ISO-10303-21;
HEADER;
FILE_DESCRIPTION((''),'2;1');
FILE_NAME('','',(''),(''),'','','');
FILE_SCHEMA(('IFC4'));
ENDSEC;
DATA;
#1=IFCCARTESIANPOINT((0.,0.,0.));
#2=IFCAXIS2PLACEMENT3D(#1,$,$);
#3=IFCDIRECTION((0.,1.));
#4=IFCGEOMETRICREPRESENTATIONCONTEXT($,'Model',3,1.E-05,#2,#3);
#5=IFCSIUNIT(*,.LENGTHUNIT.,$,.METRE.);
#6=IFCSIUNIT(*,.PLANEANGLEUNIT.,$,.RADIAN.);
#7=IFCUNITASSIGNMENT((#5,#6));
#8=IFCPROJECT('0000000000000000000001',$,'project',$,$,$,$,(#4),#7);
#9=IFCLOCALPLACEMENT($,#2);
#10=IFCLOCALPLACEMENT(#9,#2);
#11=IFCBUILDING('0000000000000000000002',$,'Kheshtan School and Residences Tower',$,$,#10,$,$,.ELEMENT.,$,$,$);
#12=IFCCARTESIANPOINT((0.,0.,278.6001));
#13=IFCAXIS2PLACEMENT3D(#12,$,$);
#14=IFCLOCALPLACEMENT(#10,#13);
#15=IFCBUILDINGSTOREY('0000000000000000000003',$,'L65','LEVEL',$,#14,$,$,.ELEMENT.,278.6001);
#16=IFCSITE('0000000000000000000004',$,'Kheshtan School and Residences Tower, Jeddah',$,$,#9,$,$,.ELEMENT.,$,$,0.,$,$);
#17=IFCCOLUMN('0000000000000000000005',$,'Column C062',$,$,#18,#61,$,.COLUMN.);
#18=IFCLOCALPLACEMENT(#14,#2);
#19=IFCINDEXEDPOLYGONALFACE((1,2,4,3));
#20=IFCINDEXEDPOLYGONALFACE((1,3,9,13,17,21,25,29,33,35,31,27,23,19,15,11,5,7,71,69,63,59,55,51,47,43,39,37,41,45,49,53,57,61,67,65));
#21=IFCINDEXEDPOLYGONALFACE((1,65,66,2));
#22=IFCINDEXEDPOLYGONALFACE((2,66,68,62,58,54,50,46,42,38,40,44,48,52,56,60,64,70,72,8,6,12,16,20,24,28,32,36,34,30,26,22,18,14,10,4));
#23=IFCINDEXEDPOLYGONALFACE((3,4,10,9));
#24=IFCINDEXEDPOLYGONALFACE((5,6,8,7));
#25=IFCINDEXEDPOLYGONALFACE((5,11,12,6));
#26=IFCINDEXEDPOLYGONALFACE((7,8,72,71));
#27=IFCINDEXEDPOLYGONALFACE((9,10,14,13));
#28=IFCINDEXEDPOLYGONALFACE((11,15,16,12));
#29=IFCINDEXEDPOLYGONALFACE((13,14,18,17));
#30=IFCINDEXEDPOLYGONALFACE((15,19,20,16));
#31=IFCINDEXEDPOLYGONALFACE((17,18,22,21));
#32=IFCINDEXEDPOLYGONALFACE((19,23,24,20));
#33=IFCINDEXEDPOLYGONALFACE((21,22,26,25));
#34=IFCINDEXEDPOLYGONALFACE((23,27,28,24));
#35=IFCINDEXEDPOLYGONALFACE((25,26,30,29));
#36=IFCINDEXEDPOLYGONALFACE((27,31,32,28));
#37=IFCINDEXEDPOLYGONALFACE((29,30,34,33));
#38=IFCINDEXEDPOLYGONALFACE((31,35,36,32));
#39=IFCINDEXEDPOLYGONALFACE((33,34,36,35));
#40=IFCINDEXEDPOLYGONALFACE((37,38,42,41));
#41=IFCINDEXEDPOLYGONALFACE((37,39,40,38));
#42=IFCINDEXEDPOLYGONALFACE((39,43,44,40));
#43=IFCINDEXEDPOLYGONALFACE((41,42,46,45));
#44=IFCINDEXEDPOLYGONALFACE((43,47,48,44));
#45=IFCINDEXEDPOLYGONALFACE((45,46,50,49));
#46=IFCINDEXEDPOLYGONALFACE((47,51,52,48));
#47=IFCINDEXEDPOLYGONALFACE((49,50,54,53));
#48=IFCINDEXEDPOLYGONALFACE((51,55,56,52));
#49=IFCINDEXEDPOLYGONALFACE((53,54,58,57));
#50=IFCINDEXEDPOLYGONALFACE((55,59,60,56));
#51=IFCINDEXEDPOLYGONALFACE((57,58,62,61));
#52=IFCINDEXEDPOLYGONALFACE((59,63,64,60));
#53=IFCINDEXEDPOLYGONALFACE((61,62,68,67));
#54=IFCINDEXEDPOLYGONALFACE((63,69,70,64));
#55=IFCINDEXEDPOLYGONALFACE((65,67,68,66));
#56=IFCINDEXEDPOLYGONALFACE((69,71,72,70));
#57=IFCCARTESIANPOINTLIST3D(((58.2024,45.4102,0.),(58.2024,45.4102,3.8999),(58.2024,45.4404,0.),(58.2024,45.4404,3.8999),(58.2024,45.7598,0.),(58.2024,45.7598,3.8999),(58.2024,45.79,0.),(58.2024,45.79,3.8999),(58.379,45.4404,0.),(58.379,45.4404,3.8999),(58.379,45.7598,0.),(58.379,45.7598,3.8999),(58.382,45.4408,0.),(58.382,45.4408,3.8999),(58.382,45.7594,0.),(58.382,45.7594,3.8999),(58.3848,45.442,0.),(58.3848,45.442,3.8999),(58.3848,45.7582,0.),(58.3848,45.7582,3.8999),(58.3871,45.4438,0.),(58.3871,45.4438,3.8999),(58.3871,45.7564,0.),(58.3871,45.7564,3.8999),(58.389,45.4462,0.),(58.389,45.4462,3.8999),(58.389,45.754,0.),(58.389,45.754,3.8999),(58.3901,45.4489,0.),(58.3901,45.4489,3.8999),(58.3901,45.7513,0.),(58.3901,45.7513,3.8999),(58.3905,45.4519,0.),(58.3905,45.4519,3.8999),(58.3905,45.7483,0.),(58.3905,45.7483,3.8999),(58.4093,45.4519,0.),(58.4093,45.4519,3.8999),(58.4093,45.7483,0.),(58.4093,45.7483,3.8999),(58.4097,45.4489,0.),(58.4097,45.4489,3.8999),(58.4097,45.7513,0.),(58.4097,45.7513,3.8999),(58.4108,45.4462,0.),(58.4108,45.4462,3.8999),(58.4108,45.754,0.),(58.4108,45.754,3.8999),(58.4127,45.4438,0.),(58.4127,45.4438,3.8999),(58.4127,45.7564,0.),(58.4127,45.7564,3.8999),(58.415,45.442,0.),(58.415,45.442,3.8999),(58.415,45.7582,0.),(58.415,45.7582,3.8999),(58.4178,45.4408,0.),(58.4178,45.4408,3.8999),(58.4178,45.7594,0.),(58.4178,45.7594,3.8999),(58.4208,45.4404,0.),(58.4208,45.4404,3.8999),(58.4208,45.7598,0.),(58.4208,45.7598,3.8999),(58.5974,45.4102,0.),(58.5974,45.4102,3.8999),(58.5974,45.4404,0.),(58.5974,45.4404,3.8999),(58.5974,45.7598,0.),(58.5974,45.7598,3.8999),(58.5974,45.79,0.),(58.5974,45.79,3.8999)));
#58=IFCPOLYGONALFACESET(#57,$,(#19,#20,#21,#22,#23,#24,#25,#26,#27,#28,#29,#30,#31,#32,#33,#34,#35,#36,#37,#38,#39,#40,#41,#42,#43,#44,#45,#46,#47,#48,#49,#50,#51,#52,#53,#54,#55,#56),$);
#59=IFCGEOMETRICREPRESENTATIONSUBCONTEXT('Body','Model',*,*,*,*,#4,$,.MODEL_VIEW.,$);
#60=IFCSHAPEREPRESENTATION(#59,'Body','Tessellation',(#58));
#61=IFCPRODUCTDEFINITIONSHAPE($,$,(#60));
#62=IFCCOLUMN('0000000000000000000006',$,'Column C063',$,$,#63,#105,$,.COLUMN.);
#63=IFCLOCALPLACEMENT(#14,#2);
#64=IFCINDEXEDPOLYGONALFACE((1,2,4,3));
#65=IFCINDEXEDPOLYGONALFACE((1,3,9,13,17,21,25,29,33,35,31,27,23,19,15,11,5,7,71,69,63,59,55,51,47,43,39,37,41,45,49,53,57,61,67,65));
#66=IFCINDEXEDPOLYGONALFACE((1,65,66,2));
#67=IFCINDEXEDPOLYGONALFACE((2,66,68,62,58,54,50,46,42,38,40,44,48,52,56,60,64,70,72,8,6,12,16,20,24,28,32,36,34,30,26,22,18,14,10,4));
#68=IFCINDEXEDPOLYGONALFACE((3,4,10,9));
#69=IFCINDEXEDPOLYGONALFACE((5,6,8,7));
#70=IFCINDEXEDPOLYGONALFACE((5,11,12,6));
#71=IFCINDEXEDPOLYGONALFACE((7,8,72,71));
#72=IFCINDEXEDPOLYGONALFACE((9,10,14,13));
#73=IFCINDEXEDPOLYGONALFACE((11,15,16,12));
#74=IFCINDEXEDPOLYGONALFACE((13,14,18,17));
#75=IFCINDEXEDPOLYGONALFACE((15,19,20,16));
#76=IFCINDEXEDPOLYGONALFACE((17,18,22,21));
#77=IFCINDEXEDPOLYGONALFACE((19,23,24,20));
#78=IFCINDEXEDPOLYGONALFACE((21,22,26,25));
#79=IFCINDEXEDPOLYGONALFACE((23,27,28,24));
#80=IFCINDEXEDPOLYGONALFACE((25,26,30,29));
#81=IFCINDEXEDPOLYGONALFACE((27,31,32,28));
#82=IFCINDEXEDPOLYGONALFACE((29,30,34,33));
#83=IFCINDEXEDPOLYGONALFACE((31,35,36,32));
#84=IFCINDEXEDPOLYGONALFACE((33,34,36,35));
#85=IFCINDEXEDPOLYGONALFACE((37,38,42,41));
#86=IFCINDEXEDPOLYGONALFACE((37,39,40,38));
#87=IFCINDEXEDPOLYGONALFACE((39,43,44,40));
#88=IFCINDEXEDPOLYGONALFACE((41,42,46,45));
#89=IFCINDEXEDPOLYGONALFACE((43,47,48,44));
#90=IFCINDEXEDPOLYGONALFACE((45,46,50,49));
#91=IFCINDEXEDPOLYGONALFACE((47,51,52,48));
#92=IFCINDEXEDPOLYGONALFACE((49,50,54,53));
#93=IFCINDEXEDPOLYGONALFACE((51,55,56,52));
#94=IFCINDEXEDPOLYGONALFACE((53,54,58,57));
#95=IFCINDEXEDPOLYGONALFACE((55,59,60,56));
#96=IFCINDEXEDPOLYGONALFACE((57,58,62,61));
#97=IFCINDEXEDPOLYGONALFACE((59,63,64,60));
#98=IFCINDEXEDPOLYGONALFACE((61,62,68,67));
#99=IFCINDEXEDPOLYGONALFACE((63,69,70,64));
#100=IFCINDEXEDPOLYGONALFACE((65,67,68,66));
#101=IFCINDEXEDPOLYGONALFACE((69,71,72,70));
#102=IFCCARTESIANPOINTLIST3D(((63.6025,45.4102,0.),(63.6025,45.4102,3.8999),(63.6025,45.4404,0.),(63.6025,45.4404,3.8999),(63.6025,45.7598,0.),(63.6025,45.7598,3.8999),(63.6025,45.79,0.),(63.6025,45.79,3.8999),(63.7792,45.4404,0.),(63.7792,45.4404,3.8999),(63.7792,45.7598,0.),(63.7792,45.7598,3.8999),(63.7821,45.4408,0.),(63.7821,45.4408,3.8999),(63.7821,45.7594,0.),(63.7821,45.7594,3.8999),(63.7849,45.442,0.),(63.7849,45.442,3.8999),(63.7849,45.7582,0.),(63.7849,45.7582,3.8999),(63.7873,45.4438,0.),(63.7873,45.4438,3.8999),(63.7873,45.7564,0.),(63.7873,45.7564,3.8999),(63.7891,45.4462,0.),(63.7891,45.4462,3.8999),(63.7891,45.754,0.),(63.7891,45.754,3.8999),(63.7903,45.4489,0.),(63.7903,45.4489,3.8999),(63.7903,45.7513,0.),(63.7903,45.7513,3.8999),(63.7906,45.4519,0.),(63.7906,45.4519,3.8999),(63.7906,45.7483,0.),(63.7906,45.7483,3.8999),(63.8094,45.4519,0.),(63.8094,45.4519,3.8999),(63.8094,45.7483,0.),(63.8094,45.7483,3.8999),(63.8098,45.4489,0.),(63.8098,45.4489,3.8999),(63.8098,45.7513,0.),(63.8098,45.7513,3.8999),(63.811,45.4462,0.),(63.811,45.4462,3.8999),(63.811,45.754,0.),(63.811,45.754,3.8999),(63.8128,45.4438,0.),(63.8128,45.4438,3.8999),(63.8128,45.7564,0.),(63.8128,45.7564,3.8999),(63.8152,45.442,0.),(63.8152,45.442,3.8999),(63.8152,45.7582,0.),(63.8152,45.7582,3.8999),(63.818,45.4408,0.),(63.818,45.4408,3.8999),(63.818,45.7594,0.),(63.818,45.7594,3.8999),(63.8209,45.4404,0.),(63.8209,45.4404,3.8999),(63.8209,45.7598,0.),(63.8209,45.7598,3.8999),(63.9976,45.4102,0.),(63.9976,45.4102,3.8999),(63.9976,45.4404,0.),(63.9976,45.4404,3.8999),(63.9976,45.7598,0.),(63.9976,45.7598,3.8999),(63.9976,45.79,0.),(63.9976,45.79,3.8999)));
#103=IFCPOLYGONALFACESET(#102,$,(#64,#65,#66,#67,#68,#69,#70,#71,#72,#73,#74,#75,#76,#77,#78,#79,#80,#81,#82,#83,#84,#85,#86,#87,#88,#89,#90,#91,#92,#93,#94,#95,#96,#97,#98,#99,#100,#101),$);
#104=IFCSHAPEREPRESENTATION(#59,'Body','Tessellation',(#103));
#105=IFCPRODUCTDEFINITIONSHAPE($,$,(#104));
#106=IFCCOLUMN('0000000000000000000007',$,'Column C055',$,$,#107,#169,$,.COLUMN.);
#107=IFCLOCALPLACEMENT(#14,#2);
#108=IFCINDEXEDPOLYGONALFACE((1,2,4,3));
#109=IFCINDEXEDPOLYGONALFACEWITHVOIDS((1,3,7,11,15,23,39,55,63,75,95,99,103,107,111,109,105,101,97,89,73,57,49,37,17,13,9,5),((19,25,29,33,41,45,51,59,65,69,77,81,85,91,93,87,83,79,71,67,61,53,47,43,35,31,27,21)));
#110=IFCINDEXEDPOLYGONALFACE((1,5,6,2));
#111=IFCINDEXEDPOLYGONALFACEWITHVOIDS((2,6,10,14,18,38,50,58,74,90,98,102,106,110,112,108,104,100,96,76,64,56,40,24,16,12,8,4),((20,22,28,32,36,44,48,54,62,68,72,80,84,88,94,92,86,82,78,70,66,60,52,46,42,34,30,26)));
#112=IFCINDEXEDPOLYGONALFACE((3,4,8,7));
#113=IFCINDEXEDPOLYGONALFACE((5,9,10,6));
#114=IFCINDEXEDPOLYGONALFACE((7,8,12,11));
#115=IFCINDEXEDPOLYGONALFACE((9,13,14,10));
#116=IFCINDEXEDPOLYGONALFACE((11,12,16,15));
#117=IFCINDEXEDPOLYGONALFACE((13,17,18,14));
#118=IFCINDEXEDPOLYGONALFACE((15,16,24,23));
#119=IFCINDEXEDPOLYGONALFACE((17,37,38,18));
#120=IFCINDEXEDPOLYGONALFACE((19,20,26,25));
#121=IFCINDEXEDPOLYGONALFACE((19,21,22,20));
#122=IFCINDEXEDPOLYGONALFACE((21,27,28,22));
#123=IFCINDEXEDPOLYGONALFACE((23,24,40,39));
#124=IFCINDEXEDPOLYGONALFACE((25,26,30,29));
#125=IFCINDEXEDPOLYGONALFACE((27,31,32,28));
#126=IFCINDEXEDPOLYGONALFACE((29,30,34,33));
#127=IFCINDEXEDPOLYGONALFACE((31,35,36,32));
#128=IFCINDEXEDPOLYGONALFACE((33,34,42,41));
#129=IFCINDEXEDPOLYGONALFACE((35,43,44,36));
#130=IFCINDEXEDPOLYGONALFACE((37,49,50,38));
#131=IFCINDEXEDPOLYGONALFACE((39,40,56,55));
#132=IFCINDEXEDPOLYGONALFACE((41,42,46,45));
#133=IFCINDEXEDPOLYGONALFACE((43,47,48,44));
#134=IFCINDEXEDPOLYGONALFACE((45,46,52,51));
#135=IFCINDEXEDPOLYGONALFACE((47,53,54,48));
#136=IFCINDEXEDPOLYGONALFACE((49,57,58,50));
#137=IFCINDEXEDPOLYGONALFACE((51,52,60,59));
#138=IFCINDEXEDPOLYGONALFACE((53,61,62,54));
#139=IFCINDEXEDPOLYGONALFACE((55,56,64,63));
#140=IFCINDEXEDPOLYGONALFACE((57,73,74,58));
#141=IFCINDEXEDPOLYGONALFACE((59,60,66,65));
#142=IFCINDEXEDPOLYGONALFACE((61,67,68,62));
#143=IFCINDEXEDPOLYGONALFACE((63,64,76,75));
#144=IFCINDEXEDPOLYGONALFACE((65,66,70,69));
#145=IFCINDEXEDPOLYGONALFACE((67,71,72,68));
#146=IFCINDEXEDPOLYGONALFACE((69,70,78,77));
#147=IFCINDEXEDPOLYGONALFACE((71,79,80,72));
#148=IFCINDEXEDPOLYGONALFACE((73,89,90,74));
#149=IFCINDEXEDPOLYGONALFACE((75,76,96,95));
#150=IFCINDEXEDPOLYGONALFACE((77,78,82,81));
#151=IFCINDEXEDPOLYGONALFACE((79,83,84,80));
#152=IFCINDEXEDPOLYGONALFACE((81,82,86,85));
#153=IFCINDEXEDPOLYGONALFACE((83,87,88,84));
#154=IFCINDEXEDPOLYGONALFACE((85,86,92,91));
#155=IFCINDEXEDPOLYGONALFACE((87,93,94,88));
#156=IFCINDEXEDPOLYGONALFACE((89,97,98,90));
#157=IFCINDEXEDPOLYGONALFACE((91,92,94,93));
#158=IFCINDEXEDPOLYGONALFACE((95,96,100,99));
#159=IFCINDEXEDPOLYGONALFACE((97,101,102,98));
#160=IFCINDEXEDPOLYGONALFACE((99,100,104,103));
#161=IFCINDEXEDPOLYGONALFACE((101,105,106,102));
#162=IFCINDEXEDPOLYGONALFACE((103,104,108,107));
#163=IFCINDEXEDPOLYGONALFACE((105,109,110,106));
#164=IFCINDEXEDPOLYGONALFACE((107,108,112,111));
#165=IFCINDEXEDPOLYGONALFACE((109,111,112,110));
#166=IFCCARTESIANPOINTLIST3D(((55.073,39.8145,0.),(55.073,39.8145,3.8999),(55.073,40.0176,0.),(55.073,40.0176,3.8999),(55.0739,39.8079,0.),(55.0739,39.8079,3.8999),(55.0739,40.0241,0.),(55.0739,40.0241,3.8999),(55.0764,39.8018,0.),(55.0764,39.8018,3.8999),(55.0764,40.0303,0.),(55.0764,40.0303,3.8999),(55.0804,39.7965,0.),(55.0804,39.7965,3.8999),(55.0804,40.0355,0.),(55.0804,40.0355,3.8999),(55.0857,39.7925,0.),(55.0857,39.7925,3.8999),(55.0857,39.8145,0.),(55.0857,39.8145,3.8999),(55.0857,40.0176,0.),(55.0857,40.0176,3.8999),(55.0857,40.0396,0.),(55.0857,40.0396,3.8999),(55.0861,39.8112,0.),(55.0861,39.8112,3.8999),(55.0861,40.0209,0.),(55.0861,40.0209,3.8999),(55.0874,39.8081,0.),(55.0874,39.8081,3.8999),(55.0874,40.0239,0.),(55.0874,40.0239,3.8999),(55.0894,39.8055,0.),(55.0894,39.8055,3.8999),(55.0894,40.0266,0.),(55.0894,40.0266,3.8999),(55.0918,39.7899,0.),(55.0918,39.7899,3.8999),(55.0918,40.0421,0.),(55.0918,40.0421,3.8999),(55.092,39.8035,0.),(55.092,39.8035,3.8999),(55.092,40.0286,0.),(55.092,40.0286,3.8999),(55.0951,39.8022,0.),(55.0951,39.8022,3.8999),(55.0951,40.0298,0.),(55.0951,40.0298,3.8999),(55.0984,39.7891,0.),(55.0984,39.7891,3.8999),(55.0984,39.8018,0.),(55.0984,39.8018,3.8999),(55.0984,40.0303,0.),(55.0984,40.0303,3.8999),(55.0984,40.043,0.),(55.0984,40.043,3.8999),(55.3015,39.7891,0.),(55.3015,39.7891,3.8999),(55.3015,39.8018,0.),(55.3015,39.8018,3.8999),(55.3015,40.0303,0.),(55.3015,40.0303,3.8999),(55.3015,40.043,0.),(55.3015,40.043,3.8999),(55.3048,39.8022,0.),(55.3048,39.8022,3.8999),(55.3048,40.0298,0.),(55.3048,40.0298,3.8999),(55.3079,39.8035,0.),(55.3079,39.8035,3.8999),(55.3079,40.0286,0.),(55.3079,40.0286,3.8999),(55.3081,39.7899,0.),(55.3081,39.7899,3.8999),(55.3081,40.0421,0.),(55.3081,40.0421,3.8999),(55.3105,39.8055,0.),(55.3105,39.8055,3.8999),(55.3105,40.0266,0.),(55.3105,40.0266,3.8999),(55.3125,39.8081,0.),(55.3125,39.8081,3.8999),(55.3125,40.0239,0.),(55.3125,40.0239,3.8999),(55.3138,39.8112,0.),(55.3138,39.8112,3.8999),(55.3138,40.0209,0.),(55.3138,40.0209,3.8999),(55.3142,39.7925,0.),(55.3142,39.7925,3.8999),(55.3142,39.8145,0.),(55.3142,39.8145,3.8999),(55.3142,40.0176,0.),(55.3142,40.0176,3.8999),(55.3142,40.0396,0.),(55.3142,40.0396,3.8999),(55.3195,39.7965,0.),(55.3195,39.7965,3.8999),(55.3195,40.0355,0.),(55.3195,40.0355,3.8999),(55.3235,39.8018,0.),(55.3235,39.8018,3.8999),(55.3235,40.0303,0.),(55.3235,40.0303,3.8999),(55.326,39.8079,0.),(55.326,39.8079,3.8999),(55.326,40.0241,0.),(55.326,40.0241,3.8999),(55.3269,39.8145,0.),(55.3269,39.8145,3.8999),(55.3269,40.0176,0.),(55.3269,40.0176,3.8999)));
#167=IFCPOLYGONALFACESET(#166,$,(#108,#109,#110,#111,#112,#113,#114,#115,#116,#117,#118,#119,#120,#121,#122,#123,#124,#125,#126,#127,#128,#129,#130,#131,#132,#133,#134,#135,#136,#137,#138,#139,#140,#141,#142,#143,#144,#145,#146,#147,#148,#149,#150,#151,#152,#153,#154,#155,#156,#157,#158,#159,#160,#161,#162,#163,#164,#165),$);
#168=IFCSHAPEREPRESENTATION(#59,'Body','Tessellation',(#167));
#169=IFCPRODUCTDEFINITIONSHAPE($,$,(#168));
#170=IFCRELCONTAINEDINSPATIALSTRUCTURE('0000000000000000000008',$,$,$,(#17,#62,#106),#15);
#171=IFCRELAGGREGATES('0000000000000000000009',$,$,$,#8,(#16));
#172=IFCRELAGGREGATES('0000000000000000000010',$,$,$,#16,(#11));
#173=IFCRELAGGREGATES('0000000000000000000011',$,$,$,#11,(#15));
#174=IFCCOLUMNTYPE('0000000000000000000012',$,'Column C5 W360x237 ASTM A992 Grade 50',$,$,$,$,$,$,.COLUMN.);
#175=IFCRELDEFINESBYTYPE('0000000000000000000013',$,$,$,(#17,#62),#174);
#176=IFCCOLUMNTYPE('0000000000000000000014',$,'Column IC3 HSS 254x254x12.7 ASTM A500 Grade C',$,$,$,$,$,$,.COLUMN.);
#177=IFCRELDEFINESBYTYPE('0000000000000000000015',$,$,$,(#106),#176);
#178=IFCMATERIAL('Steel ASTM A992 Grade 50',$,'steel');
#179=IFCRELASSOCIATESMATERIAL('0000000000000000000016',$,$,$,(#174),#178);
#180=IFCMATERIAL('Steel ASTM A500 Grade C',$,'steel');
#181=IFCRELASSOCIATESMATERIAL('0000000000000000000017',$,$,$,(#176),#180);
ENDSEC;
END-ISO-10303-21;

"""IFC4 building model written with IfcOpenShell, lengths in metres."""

from ifc_helpers import new_model, si_unit, direction, frame, origin, origin_2d, place, context, subcontext, project, spatial, hollow_rectangle, i_section, extrude, material, material_profile, profile_set, type_object, element, save


model = new_model("IFC4")

# Units and contexts
model_context = context("Model", 3, precision=1e-05, world=origin(), true_north=direction((0.0, 1.0)))
body_context = subcontext(model_context, "Body", "Model", "MODEL_VIEW")
ifc_project = project(units=[si_unit("LENGTHUNIT", "METRE"), si_unit("PLANEANGLEUNIT", "RADIAN")], contexts=[model_context])

# Site, building, storey
site_placement = place(None, origin())
site = spatial("IfcSite", under=ifc_project, at=site_placement, Name="Kheshtan School and Residences Tower, Jeddah", CompositionType="ELEMENT", RefElevation=0.0)
building_placement = place(site_placement, origin())
building = spatial("IfcBuilding", under=site, at=building_placement, Name="Kheshtan School and Residences Tower", CompositionType="ELEMENT")
storey_placement = place(building_placement, frame((0.0, 0.0, 278.6001)))
storey = spatial("IfcBuildingStorey", under=building, at=storey_placement, Name="L65", Description="LEVEL", CompositionType="ELEMENT", Elevation=278.6001)

# Columns
ifc_material_1 = material(Name="Steel ASTM A992 Grade 50", Category="steel")
ifc_material_profile_1 = material_profile(ifc_material_1, i_section(OverallWidth=0.395, OverallDepth=0.3799, WebThickness=0.0188, FlangeThickness=0.0303, FilletRadius=0.0115, at=origin_2d()), Name="W360x237")
ifc_profile_set_1 = profile_set([ifc_material_profile_1], Name="Steel ASTM A992 Grade 50")
column_type_1 = type_object("IfcColumnType", Name="Column C5 W360x237 ASTM A992 Grade 50", PredefinedType="COLUMN", material=ifc_profile_set_1)
for number, where, z_axis, x_axis, name in (
    (1, (58.3999, 45.6001, 0.0), (0.0, 0.0, 1.0), (1.0, 0.0, 0.0), "Column C062"),
    (2, (63.8, 45.6001, 0.0), (0.0, 0.0, 1.0), (1.0, 0.0, 0.0), "Column C063"),
):
    element("IfcColumn", number, at=place(storey_placement, frame(where, z_axis=z_axis, x_axis=x_axis)), inside=storey, type_object=column_type_1, Name=name, PredefinedType="COLUMN", context=body_context, shape_type="SweptSolid", body=[
        extrude(i_section(OverallWidth=0.395, OverallDepth=0.3799, WebThickness=0.0188, FlangeThickness=0.0303, FilletRadius=0.0115, at=origin_2d()), origin(), (0.0, 0.0, 1.0), 3.8999),
    ])
ifc_material_2 = material(Name="Steel ASTM A500 Grade C", Category="steel")
ifc_material_profile_2 = material_profile(ifc_material_2, hollow_rectangle(XDim=0.2539, YDim=0.2539, WallThickness=0.0127, InnerFilletRadius=0.0127, OuterFilletRadius=0.0254, at=origin_2d()), Name="HSS 254x254x12.7")
ifc_profile_set_2 = profile_set([ifc_material_profile_2], Name="Steel ASTM A500 Grade C")
column_type_2 = type_object("IfcColumnType", Name="Column IC3 HSS 254x254x12.7 ASTM A500 Grade C", PredefinedType="COLUMN", material=ifc_profile_set_2)
column_placement = place(storey_placement, frame((55.2, 39.916, 0.0), z_axis=(0.0, 0.0, 1.0), x_axis=(1.0, 0.0, 0.0)))
element("IfcColumn", 3, at=column_placement, inside=storey, type_object=column_type_2, Name="Column C055", PredefinedType="COLUMN", context=body_context, shape_type="SweptSolid", body=[
    extrude(hollow_rectangle(XDim=0.2539, YDim=0.2539, WallThickness=0.0127, InnerFilletRadius=0.0127, OuterFilletRadius=0.0254, at=origin_2d()), origin(), (0.0, 0.0, 1.0), 3.8999),
])

save(model, "model.ifc")
